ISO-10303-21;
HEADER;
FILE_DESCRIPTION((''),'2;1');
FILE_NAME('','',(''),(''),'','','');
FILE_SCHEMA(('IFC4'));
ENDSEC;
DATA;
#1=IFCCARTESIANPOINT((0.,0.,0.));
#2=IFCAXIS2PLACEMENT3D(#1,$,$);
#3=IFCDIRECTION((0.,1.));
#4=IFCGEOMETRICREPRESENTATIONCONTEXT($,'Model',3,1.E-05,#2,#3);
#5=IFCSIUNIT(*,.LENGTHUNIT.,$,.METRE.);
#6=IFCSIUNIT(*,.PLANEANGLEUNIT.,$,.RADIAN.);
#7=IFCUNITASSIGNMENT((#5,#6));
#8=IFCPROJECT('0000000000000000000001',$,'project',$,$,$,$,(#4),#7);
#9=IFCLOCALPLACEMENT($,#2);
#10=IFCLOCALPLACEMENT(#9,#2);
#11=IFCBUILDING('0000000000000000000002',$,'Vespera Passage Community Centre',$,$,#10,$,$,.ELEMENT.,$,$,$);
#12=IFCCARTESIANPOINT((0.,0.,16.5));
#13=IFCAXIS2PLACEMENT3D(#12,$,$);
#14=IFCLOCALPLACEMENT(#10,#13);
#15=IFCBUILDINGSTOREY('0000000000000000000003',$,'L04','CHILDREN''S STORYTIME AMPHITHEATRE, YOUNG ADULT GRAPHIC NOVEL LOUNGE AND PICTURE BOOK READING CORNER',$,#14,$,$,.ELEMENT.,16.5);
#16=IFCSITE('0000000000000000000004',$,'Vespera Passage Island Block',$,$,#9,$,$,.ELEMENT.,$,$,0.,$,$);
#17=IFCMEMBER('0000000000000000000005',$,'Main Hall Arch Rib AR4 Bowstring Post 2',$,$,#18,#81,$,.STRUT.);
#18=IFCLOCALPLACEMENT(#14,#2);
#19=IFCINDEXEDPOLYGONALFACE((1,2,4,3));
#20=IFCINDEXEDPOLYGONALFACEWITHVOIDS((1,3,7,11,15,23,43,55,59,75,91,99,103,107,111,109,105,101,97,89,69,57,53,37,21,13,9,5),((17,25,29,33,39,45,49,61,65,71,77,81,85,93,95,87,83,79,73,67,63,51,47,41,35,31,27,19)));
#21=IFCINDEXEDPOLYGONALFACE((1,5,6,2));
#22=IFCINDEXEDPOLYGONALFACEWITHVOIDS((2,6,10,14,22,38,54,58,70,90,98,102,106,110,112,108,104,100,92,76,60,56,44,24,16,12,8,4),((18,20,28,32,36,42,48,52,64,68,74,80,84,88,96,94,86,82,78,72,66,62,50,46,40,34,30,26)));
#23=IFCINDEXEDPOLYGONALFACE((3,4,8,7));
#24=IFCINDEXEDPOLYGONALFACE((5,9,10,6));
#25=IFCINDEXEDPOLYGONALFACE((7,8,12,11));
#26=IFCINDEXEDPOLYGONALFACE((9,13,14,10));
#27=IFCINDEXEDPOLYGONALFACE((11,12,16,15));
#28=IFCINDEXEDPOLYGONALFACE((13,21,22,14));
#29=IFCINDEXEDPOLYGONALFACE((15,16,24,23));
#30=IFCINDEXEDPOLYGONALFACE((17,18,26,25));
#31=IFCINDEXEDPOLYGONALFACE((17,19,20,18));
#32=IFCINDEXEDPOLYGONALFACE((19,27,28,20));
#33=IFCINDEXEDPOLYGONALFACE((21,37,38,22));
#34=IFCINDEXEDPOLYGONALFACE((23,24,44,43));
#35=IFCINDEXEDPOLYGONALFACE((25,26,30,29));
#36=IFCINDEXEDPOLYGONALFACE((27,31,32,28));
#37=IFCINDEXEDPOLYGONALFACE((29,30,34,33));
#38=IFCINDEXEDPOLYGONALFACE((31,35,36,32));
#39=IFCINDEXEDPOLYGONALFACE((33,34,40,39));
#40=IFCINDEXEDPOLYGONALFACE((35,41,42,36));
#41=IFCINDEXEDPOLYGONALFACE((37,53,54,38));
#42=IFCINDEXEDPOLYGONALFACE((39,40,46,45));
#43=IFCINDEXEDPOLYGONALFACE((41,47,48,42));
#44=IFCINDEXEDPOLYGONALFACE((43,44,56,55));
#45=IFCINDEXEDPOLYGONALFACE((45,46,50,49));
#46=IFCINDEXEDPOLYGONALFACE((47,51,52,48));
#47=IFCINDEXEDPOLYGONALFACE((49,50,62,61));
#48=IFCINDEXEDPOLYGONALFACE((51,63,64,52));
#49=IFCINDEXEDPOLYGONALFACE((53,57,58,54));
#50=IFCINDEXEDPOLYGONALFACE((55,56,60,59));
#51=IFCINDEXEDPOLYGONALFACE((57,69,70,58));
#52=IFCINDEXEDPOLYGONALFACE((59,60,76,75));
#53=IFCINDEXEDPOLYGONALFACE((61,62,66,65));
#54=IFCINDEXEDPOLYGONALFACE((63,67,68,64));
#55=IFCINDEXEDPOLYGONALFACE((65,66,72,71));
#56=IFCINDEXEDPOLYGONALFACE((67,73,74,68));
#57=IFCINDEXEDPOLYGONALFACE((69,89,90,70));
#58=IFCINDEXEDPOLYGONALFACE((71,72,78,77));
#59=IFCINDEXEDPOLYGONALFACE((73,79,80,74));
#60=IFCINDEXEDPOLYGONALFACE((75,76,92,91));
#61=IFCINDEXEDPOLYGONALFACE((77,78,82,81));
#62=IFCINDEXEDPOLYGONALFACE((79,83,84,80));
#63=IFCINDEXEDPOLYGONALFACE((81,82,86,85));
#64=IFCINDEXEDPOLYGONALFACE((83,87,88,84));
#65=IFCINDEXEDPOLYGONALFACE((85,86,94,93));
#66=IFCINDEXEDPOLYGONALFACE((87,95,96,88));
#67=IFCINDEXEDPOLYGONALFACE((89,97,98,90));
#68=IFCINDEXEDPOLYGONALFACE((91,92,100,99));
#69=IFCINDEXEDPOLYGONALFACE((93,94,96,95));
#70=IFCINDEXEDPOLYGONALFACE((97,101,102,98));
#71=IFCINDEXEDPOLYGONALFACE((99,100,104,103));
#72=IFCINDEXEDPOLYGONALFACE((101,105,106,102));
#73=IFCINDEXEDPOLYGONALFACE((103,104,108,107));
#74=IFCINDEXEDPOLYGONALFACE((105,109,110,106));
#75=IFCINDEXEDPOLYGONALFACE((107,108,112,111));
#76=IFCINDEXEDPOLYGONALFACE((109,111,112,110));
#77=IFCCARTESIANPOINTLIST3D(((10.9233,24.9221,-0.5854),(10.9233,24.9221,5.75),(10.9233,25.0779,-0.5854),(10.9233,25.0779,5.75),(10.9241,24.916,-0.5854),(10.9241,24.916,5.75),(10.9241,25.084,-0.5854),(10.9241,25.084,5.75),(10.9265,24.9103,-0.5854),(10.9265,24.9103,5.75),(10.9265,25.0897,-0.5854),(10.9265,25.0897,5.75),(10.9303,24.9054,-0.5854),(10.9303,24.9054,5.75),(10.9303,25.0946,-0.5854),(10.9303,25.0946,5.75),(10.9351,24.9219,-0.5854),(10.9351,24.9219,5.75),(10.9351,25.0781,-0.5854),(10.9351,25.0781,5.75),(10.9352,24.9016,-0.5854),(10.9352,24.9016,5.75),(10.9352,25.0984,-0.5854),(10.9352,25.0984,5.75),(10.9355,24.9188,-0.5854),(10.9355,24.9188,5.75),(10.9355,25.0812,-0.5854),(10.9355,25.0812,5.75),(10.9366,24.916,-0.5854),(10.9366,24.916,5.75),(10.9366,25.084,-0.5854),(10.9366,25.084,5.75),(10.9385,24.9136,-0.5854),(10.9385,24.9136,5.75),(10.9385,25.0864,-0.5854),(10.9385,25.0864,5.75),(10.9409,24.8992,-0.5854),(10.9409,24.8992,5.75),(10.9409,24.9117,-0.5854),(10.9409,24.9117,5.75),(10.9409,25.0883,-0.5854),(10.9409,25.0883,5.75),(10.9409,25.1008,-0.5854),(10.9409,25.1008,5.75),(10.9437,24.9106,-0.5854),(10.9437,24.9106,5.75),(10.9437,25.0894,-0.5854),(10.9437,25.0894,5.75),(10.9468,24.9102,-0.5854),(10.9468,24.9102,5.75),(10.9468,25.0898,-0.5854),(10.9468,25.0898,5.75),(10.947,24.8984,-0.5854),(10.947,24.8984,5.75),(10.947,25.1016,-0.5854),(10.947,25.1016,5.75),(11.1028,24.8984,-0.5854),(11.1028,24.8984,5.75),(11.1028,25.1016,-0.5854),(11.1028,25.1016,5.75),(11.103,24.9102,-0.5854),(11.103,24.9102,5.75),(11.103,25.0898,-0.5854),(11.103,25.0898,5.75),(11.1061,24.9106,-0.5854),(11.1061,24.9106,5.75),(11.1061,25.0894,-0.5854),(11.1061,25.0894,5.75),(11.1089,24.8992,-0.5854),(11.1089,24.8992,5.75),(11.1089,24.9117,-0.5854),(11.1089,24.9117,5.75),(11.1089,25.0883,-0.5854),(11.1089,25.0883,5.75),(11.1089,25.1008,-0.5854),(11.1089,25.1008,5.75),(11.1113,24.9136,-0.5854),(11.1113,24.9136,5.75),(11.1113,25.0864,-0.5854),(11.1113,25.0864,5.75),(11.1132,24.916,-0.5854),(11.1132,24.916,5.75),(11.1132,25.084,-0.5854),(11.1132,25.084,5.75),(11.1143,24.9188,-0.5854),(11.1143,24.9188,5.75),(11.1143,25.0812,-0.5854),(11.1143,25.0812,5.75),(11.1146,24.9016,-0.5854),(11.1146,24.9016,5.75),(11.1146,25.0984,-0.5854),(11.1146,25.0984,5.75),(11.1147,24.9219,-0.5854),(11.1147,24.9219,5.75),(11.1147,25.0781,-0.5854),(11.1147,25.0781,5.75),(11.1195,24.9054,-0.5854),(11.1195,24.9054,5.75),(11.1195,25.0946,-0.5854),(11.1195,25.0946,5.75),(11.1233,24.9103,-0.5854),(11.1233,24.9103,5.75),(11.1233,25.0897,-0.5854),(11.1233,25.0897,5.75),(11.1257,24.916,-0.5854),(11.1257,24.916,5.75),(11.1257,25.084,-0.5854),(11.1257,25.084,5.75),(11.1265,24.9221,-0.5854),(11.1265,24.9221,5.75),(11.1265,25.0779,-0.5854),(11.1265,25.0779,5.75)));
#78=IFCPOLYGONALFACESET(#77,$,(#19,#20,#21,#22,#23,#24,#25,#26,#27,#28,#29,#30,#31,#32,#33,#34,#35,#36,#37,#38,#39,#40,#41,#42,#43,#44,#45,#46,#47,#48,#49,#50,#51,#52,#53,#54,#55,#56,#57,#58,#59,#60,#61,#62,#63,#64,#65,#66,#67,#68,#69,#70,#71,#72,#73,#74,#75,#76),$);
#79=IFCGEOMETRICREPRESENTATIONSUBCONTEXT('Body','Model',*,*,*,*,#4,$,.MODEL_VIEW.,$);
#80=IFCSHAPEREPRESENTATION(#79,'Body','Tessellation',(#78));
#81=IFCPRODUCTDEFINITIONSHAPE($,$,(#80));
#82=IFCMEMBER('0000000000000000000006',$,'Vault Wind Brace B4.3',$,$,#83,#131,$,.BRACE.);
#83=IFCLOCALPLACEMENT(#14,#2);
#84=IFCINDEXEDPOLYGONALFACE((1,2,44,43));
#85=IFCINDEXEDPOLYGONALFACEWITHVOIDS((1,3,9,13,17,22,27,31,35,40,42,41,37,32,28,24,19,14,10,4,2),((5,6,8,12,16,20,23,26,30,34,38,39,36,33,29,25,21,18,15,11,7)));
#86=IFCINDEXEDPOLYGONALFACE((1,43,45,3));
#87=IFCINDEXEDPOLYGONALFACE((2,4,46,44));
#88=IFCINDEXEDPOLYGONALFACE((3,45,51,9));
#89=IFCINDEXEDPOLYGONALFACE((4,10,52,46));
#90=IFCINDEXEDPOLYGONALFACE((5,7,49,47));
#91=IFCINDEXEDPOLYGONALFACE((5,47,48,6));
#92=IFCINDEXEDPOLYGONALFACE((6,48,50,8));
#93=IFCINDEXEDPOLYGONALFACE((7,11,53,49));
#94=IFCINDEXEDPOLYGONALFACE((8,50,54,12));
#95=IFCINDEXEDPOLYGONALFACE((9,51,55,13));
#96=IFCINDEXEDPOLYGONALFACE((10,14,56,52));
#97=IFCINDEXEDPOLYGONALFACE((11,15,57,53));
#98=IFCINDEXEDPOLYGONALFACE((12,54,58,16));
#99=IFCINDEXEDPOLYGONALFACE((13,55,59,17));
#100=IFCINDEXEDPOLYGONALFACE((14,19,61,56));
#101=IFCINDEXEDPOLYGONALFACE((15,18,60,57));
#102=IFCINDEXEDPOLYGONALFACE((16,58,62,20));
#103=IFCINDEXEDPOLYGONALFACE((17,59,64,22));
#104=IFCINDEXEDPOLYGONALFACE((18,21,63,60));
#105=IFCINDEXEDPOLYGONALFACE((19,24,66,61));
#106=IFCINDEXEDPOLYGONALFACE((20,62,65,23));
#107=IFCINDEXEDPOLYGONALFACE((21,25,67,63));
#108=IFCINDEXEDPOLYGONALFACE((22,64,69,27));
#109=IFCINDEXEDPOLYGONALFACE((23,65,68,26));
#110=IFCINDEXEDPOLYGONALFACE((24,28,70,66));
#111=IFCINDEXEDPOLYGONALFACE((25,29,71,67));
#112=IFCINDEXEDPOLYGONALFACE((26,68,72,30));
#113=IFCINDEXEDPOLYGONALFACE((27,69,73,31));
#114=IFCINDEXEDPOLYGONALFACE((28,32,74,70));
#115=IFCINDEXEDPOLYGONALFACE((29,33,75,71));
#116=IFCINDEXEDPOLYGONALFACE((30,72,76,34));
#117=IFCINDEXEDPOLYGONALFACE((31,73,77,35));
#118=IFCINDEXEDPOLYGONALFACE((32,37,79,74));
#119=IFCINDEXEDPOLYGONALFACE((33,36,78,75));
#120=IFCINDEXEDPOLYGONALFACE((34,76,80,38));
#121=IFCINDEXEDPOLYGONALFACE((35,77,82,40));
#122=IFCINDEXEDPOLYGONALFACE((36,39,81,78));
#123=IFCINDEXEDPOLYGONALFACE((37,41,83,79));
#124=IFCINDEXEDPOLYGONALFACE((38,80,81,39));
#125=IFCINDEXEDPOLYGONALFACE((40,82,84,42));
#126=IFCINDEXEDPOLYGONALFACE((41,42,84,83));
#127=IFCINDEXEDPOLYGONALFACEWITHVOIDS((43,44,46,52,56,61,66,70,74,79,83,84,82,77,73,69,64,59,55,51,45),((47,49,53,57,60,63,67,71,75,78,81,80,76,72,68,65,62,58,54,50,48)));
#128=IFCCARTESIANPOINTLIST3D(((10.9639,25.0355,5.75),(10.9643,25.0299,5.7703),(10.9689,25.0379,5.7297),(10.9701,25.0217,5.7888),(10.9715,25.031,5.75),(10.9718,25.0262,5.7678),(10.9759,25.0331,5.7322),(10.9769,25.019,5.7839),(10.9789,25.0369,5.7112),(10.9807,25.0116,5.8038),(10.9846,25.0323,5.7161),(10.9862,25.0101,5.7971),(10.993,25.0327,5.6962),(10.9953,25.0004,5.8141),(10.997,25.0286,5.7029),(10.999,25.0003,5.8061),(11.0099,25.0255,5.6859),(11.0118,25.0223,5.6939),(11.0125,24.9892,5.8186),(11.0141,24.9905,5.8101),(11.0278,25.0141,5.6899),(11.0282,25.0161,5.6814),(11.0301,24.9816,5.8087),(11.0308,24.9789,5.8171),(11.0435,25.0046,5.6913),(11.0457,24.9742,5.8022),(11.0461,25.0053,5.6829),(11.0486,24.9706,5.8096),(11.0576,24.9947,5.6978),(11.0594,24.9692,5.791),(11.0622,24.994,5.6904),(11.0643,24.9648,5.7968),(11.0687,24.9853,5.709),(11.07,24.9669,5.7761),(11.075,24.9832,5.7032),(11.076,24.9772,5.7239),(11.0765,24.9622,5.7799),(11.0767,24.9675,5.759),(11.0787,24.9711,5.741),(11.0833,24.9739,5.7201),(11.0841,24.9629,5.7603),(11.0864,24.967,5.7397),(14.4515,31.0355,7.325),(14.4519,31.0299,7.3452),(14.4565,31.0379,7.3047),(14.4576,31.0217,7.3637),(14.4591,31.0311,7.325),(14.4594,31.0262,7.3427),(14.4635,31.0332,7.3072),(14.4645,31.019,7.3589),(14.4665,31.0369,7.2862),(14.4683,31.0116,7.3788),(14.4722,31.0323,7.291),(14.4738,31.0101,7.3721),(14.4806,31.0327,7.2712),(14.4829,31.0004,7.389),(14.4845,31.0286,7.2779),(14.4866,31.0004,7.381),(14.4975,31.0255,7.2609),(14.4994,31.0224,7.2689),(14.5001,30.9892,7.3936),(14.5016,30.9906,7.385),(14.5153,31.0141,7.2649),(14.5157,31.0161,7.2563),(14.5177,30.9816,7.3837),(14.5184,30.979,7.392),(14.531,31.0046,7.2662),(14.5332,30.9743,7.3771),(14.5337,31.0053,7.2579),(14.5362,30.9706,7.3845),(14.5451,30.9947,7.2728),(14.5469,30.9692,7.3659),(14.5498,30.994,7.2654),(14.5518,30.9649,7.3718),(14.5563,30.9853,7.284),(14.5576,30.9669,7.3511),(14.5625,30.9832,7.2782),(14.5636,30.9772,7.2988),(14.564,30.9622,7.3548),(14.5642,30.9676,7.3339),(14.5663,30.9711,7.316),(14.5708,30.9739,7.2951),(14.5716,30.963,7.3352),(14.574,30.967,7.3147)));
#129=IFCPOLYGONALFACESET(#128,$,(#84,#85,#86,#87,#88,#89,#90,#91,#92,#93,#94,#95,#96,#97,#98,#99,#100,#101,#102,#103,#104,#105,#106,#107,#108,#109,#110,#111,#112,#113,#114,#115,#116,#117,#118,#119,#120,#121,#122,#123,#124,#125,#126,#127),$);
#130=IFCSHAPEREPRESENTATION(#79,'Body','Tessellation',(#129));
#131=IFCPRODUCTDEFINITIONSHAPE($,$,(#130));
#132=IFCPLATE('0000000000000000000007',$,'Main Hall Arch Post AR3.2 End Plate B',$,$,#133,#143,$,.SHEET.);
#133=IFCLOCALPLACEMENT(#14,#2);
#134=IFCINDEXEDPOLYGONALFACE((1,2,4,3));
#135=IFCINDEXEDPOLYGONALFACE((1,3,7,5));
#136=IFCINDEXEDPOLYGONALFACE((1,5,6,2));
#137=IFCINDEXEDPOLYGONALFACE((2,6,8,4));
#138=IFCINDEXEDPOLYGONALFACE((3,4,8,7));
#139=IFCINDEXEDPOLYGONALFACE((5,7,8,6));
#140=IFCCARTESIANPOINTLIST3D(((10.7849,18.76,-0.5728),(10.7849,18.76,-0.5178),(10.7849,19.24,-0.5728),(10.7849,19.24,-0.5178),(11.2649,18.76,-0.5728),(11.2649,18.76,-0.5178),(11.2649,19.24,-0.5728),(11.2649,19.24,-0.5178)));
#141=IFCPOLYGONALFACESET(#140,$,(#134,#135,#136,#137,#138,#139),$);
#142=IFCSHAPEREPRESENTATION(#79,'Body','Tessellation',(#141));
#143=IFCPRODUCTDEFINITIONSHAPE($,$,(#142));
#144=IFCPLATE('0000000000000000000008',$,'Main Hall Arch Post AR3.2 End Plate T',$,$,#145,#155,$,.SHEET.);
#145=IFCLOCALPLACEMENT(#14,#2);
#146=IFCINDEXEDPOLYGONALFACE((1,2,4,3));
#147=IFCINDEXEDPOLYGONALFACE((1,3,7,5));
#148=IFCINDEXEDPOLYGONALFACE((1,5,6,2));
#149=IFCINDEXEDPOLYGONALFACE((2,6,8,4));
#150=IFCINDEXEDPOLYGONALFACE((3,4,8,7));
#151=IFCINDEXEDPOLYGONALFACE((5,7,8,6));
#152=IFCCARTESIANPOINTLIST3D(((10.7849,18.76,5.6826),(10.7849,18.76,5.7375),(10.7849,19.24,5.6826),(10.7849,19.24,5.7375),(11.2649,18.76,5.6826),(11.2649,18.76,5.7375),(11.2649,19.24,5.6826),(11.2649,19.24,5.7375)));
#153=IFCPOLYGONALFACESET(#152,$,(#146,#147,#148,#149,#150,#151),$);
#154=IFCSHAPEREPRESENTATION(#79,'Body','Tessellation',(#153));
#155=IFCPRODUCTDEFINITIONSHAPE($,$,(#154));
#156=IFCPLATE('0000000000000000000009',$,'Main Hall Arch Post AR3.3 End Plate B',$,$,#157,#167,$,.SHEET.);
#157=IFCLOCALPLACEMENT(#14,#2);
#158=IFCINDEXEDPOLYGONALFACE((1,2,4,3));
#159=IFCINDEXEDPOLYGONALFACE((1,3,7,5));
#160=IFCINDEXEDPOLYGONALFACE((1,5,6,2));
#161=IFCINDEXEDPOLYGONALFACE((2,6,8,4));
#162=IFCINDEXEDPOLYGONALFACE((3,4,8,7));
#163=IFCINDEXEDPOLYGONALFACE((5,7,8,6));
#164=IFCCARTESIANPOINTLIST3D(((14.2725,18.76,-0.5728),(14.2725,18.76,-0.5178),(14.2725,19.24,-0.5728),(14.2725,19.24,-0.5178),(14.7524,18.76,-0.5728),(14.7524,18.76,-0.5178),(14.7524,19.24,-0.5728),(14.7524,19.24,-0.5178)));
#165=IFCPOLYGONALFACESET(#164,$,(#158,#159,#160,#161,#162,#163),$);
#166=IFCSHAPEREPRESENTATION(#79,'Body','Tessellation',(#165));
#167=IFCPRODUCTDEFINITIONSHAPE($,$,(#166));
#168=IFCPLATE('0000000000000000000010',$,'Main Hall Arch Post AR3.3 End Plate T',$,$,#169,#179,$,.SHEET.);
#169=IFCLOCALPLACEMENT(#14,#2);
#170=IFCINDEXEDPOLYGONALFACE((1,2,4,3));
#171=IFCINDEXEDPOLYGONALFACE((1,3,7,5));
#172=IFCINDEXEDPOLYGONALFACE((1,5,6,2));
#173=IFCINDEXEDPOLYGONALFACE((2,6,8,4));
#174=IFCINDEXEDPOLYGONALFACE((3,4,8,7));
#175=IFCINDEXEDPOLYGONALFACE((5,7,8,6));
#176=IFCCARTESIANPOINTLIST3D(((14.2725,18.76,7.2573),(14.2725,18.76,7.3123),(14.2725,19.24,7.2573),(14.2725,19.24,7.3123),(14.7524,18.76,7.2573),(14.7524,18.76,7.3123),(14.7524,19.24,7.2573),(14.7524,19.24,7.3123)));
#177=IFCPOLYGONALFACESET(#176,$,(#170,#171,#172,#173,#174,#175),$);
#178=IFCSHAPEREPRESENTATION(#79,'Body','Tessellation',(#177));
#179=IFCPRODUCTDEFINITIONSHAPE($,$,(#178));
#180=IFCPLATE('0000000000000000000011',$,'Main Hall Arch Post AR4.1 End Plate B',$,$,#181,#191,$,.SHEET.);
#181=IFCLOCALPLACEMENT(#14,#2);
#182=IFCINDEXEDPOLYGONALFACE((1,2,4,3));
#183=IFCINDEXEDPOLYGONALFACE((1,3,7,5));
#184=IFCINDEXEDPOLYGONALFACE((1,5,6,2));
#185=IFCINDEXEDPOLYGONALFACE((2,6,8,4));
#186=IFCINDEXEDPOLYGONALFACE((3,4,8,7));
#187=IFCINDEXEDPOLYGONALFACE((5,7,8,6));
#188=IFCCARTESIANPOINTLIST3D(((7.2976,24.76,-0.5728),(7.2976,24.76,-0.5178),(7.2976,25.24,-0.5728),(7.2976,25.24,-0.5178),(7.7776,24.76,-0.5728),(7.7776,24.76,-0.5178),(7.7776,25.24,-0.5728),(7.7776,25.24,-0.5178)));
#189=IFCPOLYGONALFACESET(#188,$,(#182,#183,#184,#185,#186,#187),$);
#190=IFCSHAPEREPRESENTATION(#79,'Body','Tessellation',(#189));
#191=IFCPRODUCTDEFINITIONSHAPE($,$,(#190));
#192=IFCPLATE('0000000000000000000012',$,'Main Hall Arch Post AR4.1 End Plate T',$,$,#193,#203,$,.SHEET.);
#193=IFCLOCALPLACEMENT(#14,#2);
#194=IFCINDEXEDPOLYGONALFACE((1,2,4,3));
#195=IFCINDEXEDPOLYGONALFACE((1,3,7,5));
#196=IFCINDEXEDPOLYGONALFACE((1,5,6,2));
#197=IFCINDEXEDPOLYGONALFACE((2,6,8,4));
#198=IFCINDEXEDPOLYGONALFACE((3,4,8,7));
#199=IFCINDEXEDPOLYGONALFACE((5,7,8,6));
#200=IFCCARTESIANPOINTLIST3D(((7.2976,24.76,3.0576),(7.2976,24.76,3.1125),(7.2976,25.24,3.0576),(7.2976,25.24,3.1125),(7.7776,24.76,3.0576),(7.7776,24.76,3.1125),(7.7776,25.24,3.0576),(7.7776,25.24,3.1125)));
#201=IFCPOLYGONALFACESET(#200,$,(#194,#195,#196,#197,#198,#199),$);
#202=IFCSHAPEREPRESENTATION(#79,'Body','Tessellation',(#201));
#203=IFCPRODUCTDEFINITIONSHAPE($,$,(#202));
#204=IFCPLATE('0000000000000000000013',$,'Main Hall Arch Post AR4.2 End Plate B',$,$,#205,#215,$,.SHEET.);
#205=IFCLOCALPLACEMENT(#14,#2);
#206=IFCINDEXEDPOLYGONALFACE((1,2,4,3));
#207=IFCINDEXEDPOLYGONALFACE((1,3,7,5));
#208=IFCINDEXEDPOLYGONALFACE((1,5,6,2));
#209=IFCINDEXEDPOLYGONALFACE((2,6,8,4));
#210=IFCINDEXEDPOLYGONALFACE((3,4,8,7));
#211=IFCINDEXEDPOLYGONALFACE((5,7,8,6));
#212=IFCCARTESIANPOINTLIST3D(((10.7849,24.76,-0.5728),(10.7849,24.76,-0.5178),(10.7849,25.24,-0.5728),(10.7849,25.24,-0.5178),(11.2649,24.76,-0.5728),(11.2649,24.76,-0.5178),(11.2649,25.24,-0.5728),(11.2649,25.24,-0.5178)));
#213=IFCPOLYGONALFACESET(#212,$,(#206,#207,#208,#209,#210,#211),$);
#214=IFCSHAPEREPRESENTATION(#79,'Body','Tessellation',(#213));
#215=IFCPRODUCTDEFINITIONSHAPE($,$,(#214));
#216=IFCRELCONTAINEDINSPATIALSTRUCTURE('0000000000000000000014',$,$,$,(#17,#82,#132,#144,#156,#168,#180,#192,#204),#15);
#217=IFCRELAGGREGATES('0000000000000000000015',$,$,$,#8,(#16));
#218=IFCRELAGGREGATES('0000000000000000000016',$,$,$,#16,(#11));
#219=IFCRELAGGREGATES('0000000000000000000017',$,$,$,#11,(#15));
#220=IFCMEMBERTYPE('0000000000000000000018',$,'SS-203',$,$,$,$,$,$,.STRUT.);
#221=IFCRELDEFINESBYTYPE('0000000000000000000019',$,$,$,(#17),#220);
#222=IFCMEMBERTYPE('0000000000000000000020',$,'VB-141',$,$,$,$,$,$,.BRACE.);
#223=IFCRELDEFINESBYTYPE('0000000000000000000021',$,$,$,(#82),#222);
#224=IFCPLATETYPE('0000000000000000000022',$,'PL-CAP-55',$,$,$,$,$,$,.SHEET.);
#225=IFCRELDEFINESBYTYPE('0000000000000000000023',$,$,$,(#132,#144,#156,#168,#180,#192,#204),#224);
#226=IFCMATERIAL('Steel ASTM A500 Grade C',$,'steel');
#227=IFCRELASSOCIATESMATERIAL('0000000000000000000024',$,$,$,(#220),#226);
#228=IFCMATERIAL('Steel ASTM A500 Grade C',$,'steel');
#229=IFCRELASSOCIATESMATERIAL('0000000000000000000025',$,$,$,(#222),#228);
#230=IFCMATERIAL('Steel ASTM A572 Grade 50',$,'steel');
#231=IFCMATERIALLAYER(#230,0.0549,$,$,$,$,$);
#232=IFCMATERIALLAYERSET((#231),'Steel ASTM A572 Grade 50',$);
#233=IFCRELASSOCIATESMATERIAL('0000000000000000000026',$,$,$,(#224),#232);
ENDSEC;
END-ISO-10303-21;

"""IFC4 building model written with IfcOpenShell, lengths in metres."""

from ifc_helpers import new_model, si_unit, direction, frame, origin, origin_2d, place, context, subcontext, project, spatial, rectangle, hollow_rectangle, hollow_circle, extrude, material, layer, layer_set, material_profile, profile_set, type_object, element, save


model = new_model("IFC4")

# Units and contexts
model_context = context("Model", 3, precision=1e-05, world=origin(), true_north=direction((0.0, 1.0)))
body_context = subcontext(model_context, "Body", "Model", "MODEL_VIEW")
ifc_project = project(units=[si_unit("LENGTHUNIT", "METRE"), si_unit("PLANEANGLEUNIT", "RADIAN")], contexts=[model_context])

# Site, building, storey
site_placement = place(None, origin())
site = spatial("IfcSite", under=ifc_project, at=site_placement, Name="Vespera Passage Island Block", CompositionType="ELEMENT", RefElevation=0.0)
building_placement = place(site_placement, origin())
building = spatial("IfcBuilding", under=site, at=building_placement, Name="Vespera Passage Community Centre", CompositionType="ELEMENT")
storey_placement = place(building_placement, frame((0.0, 0.0, 16.5)))
storey = spatial("IfcBuildingStorey", under=building, at=storey_placement, Name="L04", Description="CHILDREN'S STORYTIME AMPHITHEATRE, YOUNG ADULT GRAPHIC NOVEL LOUNGE AND PICTURE BOOK READING CORNER", CompositionType="ELEMENT", Elevation=16.5)

# Members
ifc_material_1 = material(Name="Steel ASTM A500 Grade C", Category="steel")
ifc_material_profile_1 = material_profile(ifc_material_1, hollow_rectangle(XDim=0.2031, YDim=0.2031, WallThickness=0.0117, InnerFilletRadius=0.0117, OuterFilletRadius=0.0237, at=origin_2d()), Name="HSS203X203X12.7")
ifc_profile_set_1 = profile_set([ifc_material_profile_1], Name="Steel ASTM A500 Grade C")
member_type_1 = type_object("IfcMemberType", Name="SS-203", PredefinedType="STRUT", material=ifc_profile_set_1)
member_1_placement = place(storey_placement, frame((11.0249, 25.0, -0.5854), z_axis=(0.0, 0.0, 1.0), x_axis=(1.0, 0.0, 0.0)))
element("IfcMember", 1, at=member_1_placement, inside=storey, type_object=member_type_1, Name="Main Hall Arch Rib AR4 Bowstring Post 2", PredefinedType="STRUT", context=body_context, shape_type="SweptSolid", body=[
    extrude(hollow_rectangle(XDim=0.2031, YDim=0.2031, WallThickness=0.0117, InnerFilletRadius=0.0117, OuterFilletRadius=0.0237, at=origin_2d()), origin(), (0.0, 0.0, 1.0), 6.3354),
])
ifc_material_2 = material(Name="Steel ASTM A500 Grade C", Category="steel")
ifc_material_profile_2 = material_profile(ifc_material_2, hollow_circle(Radius=0.0706, WallThickness=0.0088, at=origin_2d()), Name="CHS141X9.5")
ifc_profile_set_2 = profile_set([ifc_material_profile_2], Name="Steel ASTM A500 Grade C")
member_type_2 = type_object("IfcMemberType", Name="VB-141", PredefinedType="BRACE", material=ifc_profile_set_2)
member_2_placement = place(storey_placement, frame((11.0249, 25.0, 5.75), z_axis=(0.490071, 0.84312, 0.221312), x_axis=(-0.864559, 0.502532, 0.0)))
element("IfcMember", 2, at=member_2_placement, inside=storey, type_object=member_type_2, Name="Vault Wind Brace B4.3", PredefinedType="BRACE", context=body_context, shape_type="SweptSolid", body=[
    extrude(hollow_circle(Radius=0.0706, WallThickness=0.0088, at=origin_2d()), origin(), (0.0, 0.0, 1.0), 7.1165),
])

# Plates
ifc_material_3 = material(Name="Steel ASTM A572 Grade 50", Category="steel")
ifc_layer_1 = layer(ifc_material_3, 0.0549)
ifc_layer_set_1 = layer_set([ifc_layer_1], Name="Steel ASTM A572 Grade 50")
plate_type_1 = type_object("IfcPlateType", Name="PL-CAP-55", PredefinedType="SHEET", material=ifc_layer_set_1)
for number, where, z_axis, x_axis, name in (
    (3, (11.0249, 19.0, -0.5728), (0.0, 0.0, 1.0), (1.0, 0.0, 0.0), "Main Hall Arch Post AR3.2 End Plate B"),
    (4, (11.0249, 19.0, 5.6826), (0.0, 0.0, 1.0), (1.0, 0.0, 0.0), "Main Hall Arch Post AR3.2 End Plate T"),
    (5, (14.5125, 19.0, -0.5728), (0.0, 0.0, 1.0), (1.0, 0.0, 0.0), "Main Hall Arch Post AR3.3 End Plate B"),
    (6, (14.5125, 19.0, 7.2573), (0.0, 0.0, 1.0), (1.0, 0.0, 0.0), "Main Hall Arch Post AR3.3 End Plate T"),
    (7, (7.5376, 25.0, -0.5728), (0.0, 0.0, 1.0), (1.0, 0.0, 0.0), "Main Hall Arch Post AR4.1 End Plate B"),
    (8, (7.5376, 25.0, 3.0576), (0.0, 0.0, 1.0), (1.0, 0.0, 0.0), "Main Hall Arch Post AR4.1 End Plate T"),
    (9, (11.0249, 25.0, -0.5728), (0.0, 0.0, 1.0), (1.0, 0.0, 0.0), "Main Hall Arch Post AR4.2 End Plate B"),
):
    element("IfcPlate", number, at=place(storey_placement, frame(where, z_axis=z_axis, x_axis=x_axis)), inside=storey, type_object=plate_type_1, Name=name, PredefinedType="SHEET", context=body_context, shape_type="SweptSolid", body=[
        extrude(rectangle(XDim=0.48, YDim=0.48, at=origin_2d()), origin(), (0.0, 0.0, 1.0), 0.0549),
    ])

save(model, "model.ifc")
